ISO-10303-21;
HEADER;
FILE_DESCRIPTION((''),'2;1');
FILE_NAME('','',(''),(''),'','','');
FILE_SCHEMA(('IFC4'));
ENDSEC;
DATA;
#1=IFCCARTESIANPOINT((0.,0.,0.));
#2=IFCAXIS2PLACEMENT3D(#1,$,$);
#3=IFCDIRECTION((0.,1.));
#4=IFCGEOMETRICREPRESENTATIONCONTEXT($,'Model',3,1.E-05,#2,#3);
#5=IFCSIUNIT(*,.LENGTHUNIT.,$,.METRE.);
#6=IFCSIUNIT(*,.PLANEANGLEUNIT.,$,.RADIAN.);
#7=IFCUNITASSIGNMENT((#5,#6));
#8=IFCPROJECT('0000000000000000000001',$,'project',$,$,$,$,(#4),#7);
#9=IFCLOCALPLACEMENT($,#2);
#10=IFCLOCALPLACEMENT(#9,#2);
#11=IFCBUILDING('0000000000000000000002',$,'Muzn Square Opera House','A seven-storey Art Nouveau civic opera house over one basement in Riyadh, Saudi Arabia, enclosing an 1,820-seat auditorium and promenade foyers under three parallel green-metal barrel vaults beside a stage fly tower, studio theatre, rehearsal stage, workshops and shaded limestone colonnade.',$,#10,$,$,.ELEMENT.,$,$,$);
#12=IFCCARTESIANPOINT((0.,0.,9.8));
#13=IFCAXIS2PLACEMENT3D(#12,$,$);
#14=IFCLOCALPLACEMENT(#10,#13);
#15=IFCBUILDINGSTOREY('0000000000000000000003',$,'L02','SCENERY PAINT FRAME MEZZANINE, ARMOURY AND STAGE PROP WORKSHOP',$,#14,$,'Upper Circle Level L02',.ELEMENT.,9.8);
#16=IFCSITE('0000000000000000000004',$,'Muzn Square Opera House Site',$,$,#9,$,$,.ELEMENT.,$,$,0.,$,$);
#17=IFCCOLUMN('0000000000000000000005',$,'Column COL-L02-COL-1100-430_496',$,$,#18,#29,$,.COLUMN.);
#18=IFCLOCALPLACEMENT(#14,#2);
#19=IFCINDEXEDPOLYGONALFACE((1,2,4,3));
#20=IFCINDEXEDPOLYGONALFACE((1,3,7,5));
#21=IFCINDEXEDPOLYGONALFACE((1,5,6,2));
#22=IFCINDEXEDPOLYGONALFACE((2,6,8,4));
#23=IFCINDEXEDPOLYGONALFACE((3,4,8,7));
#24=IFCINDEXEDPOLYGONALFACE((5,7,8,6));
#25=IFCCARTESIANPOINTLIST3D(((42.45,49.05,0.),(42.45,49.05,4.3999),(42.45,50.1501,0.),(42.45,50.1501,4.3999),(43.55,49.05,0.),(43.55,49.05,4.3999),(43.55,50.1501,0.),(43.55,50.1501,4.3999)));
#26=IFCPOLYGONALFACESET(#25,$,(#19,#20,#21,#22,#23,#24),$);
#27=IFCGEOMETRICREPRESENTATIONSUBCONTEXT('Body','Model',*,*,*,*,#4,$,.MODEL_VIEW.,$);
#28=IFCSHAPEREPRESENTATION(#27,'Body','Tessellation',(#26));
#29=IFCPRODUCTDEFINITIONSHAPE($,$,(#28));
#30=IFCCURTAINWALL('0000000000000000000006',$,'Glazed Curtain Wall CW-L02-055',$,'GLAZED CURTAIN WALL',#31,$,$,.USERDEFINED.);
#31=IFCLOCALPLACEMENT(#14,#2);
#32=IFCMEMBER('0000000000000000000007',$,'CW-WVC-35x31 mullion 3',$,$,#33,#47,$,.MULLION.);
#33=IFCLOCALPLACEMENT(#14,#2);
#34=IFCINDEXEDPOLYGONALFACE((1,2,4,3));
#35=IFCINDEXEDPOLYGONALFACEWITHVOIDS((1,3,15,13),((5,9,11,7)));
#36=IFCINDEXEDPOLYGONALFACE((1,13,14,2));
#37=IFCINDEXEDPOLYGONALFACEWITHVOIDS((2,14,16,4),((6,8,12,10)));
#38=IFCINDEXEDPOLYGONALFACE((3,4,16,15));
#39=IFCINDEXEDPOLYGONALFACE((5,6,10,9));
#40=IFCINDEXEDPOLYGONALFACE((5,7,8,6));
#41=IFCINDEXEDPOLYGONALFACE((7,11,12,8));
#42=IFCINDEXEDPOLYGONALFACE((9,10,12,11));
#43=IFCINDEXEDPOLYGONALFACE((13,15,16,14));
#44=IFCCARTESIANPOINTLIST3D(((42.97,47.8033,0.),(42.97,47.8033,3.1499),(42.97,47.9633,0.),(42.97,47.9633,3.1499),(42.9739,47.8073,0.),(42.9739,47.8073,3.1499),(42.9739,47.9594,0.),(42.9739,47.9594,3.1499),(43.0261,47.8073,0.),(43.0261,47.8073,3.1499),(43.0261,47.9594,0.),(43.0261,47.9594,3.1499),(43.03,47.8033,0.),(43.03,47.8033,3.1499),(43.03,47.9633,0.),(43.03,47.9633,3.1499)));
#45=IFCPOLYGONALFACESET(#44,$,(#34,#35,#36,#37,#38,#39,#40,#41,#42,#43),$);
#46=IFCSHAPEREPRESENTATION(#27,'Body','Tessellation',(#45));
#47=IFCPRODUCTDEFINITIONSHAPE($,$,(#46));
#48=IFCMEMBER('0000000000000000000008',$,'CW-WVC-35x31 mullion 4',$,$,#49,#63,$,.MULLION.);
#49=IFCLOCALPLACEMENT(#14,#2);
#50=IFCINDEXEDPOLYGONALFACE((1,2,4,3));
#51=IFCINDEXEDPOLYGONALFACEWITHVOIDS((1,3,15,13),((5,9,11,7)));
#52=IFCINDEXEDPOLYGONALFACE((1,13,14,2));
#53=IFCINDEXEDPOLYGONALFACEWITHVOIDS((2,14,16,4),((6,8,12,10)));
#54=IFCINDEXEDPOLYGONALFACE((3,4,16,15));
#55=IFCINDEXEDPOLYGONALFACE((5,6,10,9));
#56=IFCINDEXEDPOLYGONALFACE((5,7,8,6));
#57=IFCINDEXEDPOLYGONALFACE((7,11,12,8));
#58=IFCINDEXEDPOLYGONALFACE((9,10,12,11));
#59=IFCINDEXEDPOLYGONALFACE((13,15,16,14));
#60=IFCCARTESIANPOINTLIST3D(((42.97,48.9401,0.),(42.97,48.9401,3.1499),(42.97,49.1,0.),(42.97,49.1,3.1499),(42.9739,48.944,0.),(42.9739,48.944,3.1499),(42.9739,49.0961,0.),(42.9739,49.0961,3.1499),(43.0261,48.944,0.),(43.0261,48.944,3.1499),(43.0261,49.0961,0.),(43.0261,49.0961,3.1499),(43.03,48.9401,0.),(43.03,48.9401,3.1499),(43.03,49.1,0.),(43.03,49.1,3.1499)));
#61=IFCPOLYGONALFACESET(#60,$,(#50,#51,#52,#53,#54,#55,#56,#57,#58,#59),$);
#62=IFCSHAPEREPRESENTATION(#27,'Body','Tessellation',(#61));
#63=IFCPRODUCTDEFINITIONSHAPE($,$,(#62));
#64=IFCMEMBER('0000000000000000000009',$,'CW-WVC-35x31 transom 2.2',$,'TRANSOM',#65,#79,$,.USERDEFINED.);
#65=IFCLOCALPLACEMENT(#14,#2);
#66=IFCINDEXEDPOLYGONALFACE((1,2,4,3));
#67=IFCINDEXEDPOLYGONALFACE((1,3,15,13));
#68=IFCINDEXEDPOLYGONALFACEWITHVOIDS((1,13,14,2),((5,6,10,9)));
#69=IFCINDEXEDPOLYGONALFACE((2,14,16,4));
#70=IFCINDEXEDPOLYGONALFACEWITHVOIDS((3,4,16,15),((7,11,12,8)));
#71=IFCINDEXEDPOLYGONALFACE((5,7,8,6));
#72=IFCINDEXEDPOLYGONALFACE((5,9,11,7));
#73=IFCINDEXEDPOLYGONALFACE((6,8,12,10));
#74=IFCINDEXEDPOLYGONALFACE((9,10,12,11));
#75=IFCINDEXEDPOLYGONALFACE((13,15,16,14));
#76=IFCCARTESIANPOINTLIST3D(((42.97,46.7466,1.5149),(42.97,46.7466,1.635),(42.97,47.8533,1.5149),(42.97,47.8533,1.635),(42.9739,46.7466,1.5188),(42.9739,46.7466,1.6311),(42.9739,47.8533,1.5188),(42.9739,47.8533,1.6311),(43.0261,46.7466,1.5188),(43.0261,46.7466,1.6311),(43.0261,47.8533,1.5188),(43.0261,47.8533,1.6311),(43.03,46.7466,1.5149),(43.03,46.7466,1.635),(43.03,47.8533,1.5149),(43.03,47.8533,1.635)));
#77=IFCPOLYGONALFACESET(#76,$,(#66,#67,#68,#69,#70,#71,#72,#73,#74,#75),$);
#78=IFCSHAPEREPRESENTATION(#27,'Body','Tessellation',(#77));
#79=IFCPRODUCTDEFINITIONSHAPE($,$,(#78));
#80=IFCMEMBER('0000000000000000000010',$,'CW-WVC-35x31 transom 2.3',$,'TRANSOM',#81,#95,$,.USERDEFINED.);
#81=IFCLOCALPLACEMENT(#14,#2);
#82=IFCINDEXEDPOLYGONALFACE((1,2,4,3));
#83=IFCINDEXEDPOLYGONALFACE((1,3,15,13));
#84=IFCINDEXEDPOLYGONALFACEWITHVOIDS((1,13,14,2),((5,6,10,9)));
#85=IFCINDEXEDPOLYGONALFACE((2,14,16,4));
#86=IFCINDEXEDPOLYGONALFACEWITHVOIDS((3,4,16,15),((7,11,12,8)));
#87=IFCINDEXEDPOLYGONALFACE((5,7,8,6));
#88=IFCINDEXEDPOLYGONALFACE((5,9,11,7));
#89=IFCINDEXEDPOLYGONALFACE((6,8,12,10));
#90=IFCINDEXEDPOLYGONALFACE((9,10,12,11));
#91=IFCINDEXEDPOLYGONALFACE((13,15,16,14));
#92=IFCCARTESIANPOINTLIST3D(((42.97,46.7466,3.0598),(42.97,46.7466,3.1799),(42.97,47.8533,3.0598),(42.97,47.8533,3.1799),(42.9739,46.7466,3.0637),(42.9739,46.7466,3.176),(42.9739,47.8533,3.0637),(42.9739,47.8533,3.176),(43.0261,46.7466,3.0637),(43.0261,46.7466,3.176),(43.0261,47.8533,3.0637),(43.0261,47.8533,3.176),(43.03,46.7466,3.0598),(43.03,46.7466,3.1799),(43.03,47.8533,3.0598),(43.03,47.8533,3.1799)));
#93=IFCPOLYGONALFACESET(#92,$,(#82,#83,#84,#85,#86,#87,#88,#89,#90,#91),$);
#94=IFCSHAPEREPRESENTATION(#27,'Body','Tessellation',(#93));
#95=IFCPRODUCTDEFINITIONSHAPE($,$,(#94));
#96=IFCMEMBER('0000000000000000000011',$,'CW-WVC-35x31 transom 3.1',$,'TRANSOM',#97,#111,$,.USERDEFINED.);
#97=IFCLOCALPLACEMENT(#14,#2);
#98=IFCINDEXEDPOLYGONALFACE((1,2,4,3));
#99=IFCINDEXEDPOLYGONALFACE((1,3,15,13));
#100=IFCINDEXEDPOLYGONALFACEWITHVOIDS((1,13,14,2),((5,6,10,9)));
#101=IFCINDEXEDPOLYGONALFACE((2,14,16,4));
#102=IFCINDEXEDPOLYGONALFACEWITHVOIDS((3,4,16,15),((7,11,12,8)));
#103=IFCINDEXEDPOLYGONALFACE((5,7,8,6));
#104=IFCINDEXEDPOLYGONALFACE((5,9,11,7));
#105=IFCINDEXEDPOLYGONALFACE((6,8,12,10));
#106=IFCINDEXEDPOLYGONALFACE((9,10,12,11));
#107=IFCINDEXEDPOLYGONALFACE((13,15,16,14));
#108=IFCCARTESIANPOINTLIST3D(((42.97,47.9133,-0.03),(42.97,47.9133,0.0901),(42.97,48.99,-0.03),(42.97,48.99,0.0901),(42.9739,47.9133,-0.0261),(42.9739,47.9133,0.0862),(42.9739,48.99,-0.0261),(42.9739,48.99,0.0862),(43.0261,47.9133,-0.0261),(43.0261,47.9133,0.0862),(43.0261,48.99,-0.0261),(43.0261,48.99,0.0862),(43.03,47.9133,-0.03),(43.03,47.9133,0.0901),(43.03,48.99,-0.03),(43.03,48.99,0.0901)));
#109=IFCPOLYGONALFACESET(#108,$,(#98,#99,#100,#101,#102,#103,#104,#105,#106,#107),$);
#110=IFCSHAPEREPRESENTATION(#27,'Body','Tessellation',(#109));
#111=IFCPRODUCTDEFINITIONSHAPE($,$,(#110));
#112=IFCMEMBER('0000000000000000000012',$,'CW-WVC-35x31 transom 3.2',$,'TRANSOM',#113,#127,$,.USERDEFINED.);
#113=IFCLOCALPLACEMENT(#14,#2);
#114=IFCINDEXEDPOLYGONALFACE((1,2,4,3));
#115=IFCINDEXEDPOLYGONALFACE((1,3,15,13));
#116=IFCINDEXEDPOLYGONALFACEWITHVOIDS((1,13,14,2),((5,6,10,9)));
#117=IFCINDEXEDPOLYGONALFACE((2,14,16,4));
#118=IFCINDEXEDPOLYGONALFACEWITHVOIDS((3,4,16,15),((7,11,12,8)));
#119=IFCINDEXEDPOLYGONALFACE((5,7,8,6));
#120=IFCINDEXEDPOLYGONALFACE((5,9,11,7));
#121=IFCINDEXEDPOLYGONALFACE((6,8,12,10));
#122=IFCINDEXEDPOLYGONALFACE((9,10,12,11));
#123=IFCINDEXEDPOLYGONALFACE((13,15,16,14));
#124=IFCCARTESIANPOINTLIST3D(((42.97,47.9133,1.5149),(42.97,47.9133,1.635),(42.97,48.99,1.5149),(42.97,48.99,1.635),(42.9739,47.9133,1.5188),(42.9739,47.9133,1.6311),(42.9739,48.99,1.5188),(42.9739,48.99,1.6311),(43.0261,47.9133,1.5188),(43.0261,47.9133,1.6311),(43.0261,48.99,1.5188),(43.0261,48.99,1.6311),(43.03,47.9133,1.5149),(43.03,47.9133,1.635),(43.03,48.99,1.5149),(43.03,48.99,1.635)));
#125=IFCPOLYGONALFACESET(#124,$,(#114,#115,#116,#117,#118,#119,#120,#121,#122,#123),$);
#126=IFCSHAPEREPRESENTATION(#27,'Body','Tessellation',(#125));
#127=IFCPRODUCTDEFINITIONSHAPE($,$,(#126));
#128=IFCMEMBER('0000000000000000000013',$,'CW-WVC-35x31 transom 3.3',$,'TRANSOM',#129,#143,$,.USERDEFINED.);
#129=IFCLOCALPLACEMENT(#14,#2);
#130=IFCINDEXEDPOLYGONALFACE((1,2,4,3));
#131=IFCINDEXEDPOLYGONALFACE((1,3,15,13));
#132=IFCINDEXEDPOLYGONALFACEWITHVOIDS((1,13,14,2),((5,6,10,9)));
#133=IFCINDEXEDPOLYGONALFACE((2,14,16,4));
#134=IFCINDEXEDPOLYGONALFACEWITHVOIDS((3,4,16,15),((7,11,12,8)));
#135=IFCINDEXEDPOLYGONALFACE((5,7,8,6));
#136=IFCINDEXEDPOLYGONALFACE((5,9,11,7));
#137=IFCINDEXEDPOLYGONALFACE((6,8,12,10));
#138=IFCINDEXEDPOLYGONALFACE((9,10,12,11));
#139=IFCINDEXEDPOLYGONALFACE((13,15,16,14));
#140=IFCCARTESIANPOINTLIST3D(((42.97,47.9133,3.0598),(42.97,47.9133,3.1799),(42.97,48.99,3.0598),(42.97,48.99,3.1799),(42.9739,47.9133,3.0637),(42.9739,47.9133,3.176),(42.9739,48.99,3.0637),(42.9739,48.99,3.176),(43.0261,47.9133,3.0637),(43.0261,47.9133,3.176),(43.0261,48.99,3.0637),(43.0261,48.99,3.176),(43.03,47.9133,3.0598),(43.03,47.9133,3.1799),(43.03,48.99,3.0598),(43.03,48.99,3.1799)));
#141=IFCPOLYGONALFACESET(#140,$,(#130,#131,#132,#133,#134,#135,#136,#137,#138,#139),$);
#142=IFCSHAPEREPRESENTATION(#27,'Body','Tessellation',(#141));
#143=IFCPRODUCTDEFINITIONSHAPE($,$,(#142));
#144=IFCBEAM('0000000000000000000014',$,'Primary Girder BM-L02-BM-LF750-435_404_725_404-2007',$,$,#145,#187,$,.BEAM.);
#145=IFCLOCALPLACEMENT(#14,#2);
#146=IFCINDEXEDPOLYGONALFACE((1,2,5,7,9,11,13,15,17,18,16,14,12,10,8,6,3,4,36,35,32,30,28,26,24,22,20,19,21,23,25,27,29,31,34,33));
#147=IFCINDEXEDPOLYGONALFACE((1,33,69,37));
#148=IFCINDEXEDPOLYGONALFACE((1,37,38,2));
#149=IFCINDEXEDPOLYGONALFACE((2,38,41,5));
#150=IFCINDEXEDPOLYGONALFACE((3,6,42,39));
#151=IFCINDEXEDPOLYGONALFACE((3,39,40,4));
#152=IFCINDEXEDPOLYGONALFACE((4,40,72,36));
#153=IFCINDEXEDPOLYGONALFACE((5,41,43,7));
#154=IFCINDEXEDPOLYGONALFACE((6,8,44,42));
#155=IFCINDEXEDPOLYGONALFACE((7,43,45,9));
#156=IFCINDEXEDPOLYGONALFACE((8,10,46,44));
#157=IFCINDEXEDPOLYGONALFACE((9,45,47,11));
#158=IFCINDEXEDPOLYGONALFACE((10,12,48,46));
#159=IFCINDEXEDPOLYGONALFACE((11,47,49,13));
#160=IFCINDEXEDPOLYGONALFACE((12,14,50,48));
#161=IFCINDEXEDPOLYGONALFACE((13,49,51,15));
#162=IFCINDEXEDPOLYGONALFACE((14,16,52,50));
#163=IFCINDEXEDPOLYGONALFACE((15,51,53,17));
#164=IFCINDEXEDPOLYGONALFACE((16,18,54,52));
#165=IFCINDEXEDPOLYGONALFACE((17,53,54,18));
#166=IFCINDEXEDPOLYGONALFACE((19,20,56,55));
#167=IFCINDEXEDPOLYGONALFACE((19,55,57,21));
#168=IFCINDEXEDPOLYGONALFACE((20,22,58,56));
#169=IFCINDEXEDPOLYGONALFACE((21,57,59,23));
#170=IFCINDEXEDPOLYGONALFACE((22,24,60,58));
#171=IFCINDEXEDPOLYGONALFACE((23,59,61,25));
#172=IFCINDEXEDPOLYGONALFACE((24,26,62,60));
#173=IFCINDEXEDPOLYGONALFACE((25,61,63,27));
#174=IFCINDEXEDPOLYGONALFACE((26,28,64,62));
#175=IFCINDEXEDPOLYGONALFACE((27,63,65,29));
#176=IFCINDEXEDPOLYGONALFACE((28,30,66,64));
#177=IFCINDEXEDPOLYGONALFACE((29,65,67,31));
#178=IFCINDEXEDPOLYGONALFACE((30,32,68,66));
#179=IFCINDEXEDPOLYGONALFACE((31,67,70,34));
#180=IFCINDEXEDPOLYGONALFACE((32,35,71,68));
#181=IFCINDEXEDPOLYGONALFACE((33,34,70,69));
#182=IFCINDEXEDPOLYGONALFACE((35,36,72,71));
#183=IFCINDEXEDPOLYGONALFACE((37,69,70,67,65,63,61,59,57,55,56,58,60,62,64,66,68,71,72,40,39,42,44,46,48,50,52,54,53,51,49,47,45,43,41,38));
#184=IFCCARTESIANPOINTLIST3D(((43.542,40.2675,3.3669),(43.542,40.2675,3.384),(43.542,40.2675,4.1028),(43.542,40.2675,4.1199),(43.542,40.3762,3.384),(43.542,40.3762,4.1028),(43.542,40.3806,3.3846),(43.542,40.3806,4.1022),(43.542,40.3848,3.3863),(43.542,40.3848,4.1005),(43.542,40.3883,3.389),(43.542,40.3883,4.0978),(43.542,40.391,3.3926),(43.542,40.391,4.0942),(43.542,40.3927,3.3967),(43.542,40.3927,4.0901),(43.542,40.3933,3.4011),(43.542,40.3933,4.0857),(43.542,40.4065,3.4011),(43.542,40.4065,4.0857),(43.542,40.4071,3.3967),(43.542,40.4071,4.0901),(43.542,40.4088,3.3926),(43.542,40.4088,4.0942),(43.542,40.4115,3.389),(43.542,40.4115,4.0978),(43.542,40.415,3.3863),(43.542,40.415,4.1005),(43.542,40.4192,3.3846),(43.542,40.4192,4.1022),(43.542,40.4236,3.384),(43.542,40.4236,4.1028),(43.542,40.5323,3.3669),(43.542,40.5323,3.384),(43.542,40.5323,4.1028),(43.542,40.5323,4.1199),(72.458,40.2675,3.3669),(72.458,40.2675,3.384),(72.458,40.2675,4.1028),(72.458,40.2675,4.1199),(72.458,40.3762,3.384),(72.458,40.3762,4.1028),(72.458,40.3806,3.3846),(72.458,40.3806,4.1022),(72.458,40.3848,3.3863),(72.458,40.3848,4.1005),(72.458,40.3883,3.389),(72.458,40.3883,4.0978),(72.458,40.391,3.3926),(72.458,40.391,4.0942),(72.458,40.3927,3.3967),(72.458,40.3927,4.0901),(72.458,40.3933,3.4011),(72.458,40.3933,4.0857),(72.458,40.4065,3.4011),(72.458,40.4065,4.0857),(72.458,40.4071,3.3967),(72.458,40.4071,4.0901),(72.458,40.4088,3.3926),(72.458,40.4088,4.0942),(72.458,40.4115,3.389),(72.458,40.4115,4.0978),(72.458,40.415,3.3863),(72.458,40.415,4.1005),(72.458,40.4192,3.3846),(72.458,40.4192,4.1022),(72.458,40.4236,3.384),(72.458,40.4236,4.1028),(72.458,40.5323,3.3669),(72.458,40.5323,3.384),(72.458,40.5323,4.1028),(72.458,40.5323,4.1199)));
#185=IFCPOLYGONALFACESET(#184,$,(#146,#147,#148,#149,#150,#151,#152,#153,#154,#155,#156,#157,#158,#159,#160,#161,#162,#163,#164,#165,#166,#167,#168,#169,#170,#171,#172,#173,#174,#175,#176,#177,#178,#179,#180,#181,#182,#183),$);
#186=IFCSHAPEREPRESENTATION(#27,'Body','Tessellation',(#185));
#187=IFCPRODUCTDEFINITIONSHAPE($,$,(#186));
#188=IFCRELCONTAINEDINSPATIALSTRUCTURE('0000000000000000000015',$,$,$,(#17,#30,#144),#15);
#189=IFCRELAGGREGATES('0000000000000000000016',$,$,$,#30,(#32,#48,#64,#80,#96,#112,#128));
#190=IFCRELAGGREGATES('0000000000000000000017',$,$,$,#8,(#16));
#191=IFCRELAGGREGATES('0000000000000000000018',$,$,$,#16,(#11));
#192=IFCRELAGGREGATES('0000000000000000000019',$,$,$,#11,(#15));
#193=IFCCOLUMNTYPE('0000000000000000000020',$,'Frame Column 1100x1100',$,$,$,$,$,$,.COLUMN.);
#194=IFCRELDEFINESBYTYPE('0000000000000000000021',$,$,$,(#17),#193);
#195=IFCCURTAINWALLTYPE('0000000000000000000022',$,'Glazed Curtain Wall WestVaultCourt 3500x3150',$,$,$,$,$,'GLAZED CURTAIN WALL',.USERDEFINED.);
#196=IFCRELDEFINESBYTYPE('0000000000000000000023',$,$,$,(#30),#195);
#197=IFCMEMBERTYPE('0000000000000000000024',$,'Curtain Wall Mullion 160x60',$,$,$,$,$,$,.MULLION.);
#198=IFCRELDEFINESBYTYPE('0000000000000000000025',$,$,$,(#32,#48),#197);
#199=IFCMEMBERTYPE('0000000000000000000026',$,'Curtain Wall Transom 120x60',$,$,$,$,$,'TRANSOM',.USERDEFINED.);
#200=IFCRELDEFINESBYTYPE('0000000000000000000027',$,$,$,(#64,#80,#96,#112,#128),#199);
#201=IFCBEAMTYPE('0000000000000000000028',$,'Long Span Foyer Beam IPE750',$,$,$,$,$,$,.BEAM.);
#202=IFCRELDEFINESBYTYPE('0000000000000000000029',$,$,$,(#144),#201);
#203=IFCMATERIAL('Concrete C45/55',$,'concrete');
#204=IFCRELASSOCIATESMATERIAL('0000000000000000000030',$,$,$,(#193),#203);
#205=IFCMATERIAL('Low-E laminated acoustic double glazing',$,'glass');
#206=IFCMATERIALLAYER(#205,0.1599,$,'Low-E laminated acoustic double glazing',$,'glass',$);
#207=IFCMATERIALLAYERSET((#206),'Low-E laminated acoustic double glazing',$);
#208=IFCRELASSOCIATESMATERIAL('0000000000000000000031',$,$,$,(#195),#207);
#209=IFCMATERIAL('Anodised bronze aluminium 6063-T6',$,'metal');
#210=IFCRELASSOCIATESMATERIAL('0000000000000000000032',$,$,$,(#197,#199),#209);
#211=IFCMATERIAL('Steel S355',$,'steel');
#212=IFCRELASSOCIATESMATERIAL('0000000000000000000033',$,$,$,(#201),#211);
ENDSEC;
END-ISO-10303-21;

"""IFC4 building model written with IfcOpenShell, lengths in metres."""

from ifc_helpers import new_model, si_unit, direction, frame, origin, origin_2d, place, context, subcontext, project, spatial, rectangle, hollow_rectangle, i_section, extrude, material, layer, layer_set, material_profile, profile_set, type_object, element, aggregate, save


model = new_model("IFC4")

# Units and contexts
model_context = context("Model", 3, precision=1e-05, world=origin(), true_north=direction((0.0, 1.0)))
body_context = subcontext(model_context, "Body", "Model", "MODEL_VIEW")
ifc_project = project(units=[si_unit("LENGTHUNIT", "METRE"), si_unit("PLANEANGLEUNIT", "RADIAN")], contexts=[model_context])

# Site, building, storey
site_placement = place(None, origin())
site = spatial("IfcSite", under=ifc_project, at=site_placement, Name="Muzn Square Opera House Site", CompositionType="ELEMENT", RefElevation=0.0)
building_placement = place(site_placement, origin())
building = spatial("IfcBuilding", under=site, at=building_placement, Name="Muzn Square Opera House", Description="A seven-storey Art Nouveau civic opera house over one basement in Riyadh, Saudi Arabia, enclosing an 1,820-seat auditorium and promenade foyers under three parallel green-metal barrel vaults beside a stage fly tower, studio theatre, rehearsal stage, workshops and shaded limestone colonnade.", CompositionType="ELEMENT")
storey_placement = place(building_placement, frame((0.0, 0.0, 9.8)))
storey = spatial("IfcBuildingStorey", under=building, at=storey_placement, Name="L02", Description="SCENERY PAINT FRAME MEZZANINE, ARMOURY AND STAGE PROP WORKSHOP", LongName="Upper Circle Level L02", CompositionType="ELEMENT", Elevation=9.8)

# Column
ifc_material_1 = material(Name="Concrete C45/55", Category="concrete")
ifc_material_profile_1 = material_profile(ifc_material_1, rectangle(XDim=1.1001, YDim=1.1001, at=origin_2d()), Name="RC 1100x1100", Category="concrete")
ifc_profile_set_1 = profile_set([ifc_material_profile_1], Name="Concrete C45/55")
column_type = type_object("IfcColumnType", Name="Frame Column 1100x1100", PredefinedType="COLUMN", material=ifc_profile_set_1)
column_placement = place(storey_placement, frame((43.0, 49.6001, 0.0), z_axis=(0.0, 0.0, 1.0), x_axis=(1.0, 0.0, 0.0)))
element("IfcColumn", 1, at=column_placement, inside=storey, type_object=column_type, Name="Column COL-L02-COL-1100-430_496", PredefinedType="COLUMN", context=body_context, shape_type="SweptSolid", body=[
    extrude(rectangle(XDim=1.1001, YDim=1.1001, at=origin_2d()), origin(), (0.0, 0.0, 1.0), 4.3999),
])

# Curtain wall, members
ifc_material_2 = material(Name="Low-E laminated acoustic double glazing", Category="glass")
ifc_layer_1 = layer(ifc_material_2, 0.1599, Name="Low-E laminated acoustic double glazing", Category="glass")
ifc_layer_set_1 = layer_set([ifc_layer_1], Name="Low-E laminated acoustic double glazing")
curtain_wall_type = type_object("IfcCurtainWallType", Name="Glazed Curtain Wall WestVaultCourt 3500x3150", ElementType="GLAZED CURTAIN WALL", PredefinedType="USERDEFINED", material=ifc_layer_set_1)
curtain_wall_placement = place(storey_placement, origin())
curtain_wall = element("IfcCurtainWall", 2, at=curtain_wall_placement, inside=storey, type_object=curtain_wall_type, Name="Glazed Curtain Wall CW-L02-055", ObjectType="GLAZED CURTAIN WALL", PredefinedType="USERDEFINED")
ifc_material_3 = material(Name="Anodised bronze aluminium 6063-T6", Category="metal")
ifc_material_profile_2 = material_profile(ifc_material_3, hollow_rectangle(XDim=0.0601, YDim=0.1599, WallThickness=0.0039, at=origin_2d()), Name="ALU 160x60x4", Category="metal")
ifc_profile_set_2 = profile_set([ifc_material_profile_2], Name="Anodised bronze aluminium 6063-T6")
member_type_1 = type_object("IfcMemberType", Name="Curtain Wall Mullion 160x60", PredefinedType="MULLION", material=ifc_profile_set_2)
member_1_placement = place(storey_placement, frame((43.0, 47.8833, 0.0), z_axis=(0.0, 0.0, 1.0), x_axis=(-1.0, 0.0, 0.0)))
member_1 = element("IfcMember", 3, at=member_1_placement, type_object=member_type_1, Name="CW-WVC-35x31 mullion 3", PredefinedType="MULLION", context=body_context, shape_type="SweptSolid", body=[
    extrude(hollow_rectangle(XDim=0.0601, YDim=0.1599, WallThickness=0.0039, at=origin_2d()), origin(), (0.0, 0.0, 1.0), 3.1499),
])
member_2_placement = place(storey_placement, frame((43.0, 49.02, 0.0), z_axis=(0.0, 0.0, 1.0), x_axis=(-1.0, 0.0, 0.0)))
member_2 = element("IfcMember", 4, at=member_2_placement, type_object=member_type_1, Name="CW-WVC-35x31 mullion 4", PredefinedType="MULLION", context=body_context, shape_type="SweptSolid", body=[
    extrude(hollow_rectangle(XDim=0.0601, YDim=0.1599, WallThickness=0.0039, at=origin_2d()), origin(), (0.0, 0.0, 1.0), 3.1499),
])
ifc_material_profile_3 = material_profile(ifc_material_3, hollow_rectangle(XDim=0.0601, YDim=0.1201, WallThickness=0.0039, at=origin_2d()), Name="ALU 120x60x4", Category="metal")
ifc_profile_set_3 = profile_set([ifc_material_profile_3], Name="Anodised bronze aluminium 6063-T6")
member_type_2 = type_object("IfcMemberType", Name="Curtain Wall Transom 120x60", ElementType="TRANSOM", PredefinedType="USERDEFINED", material=ifc_profile_set_3)
member_3_placement = place(storey_placement, frame((43.0, 46.7466, 1.575), z_axis=(0.0, 1.0, 0.0), x_axis=(-1.0, 0.0, 0.0)))
member_3 = element("IfcMember", 5, at=member_3_placement, type_object=member_type_2, Name="CW-WVC-35x31 transom 2.2", ObjectType="TRANSOM", PredefinedType="USERDEFINED", context=body_context, shape_type="SweptSolid", body=[
    extrude(hollow_rectangle(XDim=0.0601, YDim=0.1201, WallThickness=0.0039, at=origin_2d()), origin(), (0.0, 0.0, 1.0), 1.1067),
])
member_4_placement = place(storey_placement, frame((43.0, 46.7466, 3.1199), z_axis=(0.0, 1.0, 0.0), x_axis=(-1.0, 0.0, 0.0)))
member_4 = element("IfcMember", 6, at=member_4_placement, type_object=member_type_2, Name="CW-WVC-35x31 transom 2.3", ObjectType="TRANSOM", PredefinedType="USERDEFINED", context=body_context, shape_type="SweptSolid", body=[
    extrude(hollow_rectangle(XDim=0.0601, YDim=0.1201, WallThickness=0.0039, at=origin_2d()), origin(), (0.0, 0.0, 1.0), 1.1067),
])
member_5_placement = place(storey_placement, frame((43.0, 47.9133, 0.03), z_axis=(0.0, 1.0, 0.0), x_axis=(-1.0, 0.0, 0.0)))
member_5 = element("IfcMember", 7, at=member_5_placement, type_object=member_type_2, Name="CW-WVC-35x31 transom 3.1", ObjectType="TRANSOM", PredefinedType="USERDEFINED", context=body_context, shape_type="SweptSolid", body=[
    extrude(hollow_rectangle(XDim=0.0601, YDim=0.1201, WallThickness=0.0039, at=origin_2d()), origin(), (0.0, 0.0, 1.0), 1.0767),
])
member_6_placement = place(storey_placement, frame((43.0, 47.9133, 1.575), z_axis=(0.0, 1.0, 0.0), x_axis=(-1.0, 0.0, 0.0)))
member_6 = element("IfcMember", 8, at=member_6_placement, type_object=member_type_2, Name="CW-WVC-35x31 transom 3.2", ObjectType="TRANSOM", PredefinedType="USERDEFINED", context=body_context, shape_type="SweptSolid", body=[
    extrude(hollow_rectangle(XDim=0.0601, YDim=0.1201, WallThickness=0.0039, at=origin_2d()), origin(), (0.0, 0.0, 1.0), 1.0767),
])
member_7_placement = place(storey_placement, frame((43.0, 47.9133, 3.1199), z_axis=(0.0, 1.0, 0.0), x_axis=(-1.0, 0.0, 0.0)))
member_7 = element("IfcMember", 9, at=member_7_placement, type_object=member_type_2, Name="CW-WVC-35x31 transom 3.3", ObjectType="TRANSOM", PredefinedType="USERDEFINED", context=body_context, shape_type="SweptSolid", body=[
    extrude(hollow_rectangle(XDim=0.0601, YDim=0.1201, WallThickness=0.0039, at=origin_2d()), origin(), (0.0, 0.0, 1.0), 1.0767),
])

# Beam
ifc_material_4 = material(Name="Steel S355", Category="steel")
ifc_material_profile_4 = material_profile(ifc_material_4, i_section(OverallWidth=0.2649, OverallDepth=0.7529, WebThickness=0.0132, FlangeThickness=0.0171, FilletRadius=0.0171, at=origin_2d()), Name="IPE 750x147", Category="steel")
ifc_profile_set_4 = profile_set([ifc_material_profile_4], Name="Steel S355")
beam_type_1 = type_object("IfcBeamType", Name="Long Span Foyer Beam IPE750", PredefinedType="BEAM", material=ifc_profile_set_4)
beam_placement = place(storey_placement, frame((43.542, 40.3999, 3.7434), z_axis=(1.0, 0.0, 0.0), x_axis=(0.0, 1.0, 0.0)))
element("IfcBeam", 10, at=beam_placement, inside=storey, type_object=beam_type_1, Name="Primary Girder BM-L02-BM-LF750-435_404_725_404-2007", PredefinedType="BEAM", context=body_context, shape_type="SweptSolid", body=[
    extrude(i_section(OverallWidth=0.2649, OverallDepth=0.7529, WebThickness=0.0132, FlangeThickness=0.0171, FilletRadius=0.0171, at=origin_2d()), origin(), (0.0, 0.0, 1.0), 28.916),
])

aggregate(curtain_wall, [member_1, member_2, member_3, member_4, member_5, member_6, member_7])

save(model, "model.ifc")
